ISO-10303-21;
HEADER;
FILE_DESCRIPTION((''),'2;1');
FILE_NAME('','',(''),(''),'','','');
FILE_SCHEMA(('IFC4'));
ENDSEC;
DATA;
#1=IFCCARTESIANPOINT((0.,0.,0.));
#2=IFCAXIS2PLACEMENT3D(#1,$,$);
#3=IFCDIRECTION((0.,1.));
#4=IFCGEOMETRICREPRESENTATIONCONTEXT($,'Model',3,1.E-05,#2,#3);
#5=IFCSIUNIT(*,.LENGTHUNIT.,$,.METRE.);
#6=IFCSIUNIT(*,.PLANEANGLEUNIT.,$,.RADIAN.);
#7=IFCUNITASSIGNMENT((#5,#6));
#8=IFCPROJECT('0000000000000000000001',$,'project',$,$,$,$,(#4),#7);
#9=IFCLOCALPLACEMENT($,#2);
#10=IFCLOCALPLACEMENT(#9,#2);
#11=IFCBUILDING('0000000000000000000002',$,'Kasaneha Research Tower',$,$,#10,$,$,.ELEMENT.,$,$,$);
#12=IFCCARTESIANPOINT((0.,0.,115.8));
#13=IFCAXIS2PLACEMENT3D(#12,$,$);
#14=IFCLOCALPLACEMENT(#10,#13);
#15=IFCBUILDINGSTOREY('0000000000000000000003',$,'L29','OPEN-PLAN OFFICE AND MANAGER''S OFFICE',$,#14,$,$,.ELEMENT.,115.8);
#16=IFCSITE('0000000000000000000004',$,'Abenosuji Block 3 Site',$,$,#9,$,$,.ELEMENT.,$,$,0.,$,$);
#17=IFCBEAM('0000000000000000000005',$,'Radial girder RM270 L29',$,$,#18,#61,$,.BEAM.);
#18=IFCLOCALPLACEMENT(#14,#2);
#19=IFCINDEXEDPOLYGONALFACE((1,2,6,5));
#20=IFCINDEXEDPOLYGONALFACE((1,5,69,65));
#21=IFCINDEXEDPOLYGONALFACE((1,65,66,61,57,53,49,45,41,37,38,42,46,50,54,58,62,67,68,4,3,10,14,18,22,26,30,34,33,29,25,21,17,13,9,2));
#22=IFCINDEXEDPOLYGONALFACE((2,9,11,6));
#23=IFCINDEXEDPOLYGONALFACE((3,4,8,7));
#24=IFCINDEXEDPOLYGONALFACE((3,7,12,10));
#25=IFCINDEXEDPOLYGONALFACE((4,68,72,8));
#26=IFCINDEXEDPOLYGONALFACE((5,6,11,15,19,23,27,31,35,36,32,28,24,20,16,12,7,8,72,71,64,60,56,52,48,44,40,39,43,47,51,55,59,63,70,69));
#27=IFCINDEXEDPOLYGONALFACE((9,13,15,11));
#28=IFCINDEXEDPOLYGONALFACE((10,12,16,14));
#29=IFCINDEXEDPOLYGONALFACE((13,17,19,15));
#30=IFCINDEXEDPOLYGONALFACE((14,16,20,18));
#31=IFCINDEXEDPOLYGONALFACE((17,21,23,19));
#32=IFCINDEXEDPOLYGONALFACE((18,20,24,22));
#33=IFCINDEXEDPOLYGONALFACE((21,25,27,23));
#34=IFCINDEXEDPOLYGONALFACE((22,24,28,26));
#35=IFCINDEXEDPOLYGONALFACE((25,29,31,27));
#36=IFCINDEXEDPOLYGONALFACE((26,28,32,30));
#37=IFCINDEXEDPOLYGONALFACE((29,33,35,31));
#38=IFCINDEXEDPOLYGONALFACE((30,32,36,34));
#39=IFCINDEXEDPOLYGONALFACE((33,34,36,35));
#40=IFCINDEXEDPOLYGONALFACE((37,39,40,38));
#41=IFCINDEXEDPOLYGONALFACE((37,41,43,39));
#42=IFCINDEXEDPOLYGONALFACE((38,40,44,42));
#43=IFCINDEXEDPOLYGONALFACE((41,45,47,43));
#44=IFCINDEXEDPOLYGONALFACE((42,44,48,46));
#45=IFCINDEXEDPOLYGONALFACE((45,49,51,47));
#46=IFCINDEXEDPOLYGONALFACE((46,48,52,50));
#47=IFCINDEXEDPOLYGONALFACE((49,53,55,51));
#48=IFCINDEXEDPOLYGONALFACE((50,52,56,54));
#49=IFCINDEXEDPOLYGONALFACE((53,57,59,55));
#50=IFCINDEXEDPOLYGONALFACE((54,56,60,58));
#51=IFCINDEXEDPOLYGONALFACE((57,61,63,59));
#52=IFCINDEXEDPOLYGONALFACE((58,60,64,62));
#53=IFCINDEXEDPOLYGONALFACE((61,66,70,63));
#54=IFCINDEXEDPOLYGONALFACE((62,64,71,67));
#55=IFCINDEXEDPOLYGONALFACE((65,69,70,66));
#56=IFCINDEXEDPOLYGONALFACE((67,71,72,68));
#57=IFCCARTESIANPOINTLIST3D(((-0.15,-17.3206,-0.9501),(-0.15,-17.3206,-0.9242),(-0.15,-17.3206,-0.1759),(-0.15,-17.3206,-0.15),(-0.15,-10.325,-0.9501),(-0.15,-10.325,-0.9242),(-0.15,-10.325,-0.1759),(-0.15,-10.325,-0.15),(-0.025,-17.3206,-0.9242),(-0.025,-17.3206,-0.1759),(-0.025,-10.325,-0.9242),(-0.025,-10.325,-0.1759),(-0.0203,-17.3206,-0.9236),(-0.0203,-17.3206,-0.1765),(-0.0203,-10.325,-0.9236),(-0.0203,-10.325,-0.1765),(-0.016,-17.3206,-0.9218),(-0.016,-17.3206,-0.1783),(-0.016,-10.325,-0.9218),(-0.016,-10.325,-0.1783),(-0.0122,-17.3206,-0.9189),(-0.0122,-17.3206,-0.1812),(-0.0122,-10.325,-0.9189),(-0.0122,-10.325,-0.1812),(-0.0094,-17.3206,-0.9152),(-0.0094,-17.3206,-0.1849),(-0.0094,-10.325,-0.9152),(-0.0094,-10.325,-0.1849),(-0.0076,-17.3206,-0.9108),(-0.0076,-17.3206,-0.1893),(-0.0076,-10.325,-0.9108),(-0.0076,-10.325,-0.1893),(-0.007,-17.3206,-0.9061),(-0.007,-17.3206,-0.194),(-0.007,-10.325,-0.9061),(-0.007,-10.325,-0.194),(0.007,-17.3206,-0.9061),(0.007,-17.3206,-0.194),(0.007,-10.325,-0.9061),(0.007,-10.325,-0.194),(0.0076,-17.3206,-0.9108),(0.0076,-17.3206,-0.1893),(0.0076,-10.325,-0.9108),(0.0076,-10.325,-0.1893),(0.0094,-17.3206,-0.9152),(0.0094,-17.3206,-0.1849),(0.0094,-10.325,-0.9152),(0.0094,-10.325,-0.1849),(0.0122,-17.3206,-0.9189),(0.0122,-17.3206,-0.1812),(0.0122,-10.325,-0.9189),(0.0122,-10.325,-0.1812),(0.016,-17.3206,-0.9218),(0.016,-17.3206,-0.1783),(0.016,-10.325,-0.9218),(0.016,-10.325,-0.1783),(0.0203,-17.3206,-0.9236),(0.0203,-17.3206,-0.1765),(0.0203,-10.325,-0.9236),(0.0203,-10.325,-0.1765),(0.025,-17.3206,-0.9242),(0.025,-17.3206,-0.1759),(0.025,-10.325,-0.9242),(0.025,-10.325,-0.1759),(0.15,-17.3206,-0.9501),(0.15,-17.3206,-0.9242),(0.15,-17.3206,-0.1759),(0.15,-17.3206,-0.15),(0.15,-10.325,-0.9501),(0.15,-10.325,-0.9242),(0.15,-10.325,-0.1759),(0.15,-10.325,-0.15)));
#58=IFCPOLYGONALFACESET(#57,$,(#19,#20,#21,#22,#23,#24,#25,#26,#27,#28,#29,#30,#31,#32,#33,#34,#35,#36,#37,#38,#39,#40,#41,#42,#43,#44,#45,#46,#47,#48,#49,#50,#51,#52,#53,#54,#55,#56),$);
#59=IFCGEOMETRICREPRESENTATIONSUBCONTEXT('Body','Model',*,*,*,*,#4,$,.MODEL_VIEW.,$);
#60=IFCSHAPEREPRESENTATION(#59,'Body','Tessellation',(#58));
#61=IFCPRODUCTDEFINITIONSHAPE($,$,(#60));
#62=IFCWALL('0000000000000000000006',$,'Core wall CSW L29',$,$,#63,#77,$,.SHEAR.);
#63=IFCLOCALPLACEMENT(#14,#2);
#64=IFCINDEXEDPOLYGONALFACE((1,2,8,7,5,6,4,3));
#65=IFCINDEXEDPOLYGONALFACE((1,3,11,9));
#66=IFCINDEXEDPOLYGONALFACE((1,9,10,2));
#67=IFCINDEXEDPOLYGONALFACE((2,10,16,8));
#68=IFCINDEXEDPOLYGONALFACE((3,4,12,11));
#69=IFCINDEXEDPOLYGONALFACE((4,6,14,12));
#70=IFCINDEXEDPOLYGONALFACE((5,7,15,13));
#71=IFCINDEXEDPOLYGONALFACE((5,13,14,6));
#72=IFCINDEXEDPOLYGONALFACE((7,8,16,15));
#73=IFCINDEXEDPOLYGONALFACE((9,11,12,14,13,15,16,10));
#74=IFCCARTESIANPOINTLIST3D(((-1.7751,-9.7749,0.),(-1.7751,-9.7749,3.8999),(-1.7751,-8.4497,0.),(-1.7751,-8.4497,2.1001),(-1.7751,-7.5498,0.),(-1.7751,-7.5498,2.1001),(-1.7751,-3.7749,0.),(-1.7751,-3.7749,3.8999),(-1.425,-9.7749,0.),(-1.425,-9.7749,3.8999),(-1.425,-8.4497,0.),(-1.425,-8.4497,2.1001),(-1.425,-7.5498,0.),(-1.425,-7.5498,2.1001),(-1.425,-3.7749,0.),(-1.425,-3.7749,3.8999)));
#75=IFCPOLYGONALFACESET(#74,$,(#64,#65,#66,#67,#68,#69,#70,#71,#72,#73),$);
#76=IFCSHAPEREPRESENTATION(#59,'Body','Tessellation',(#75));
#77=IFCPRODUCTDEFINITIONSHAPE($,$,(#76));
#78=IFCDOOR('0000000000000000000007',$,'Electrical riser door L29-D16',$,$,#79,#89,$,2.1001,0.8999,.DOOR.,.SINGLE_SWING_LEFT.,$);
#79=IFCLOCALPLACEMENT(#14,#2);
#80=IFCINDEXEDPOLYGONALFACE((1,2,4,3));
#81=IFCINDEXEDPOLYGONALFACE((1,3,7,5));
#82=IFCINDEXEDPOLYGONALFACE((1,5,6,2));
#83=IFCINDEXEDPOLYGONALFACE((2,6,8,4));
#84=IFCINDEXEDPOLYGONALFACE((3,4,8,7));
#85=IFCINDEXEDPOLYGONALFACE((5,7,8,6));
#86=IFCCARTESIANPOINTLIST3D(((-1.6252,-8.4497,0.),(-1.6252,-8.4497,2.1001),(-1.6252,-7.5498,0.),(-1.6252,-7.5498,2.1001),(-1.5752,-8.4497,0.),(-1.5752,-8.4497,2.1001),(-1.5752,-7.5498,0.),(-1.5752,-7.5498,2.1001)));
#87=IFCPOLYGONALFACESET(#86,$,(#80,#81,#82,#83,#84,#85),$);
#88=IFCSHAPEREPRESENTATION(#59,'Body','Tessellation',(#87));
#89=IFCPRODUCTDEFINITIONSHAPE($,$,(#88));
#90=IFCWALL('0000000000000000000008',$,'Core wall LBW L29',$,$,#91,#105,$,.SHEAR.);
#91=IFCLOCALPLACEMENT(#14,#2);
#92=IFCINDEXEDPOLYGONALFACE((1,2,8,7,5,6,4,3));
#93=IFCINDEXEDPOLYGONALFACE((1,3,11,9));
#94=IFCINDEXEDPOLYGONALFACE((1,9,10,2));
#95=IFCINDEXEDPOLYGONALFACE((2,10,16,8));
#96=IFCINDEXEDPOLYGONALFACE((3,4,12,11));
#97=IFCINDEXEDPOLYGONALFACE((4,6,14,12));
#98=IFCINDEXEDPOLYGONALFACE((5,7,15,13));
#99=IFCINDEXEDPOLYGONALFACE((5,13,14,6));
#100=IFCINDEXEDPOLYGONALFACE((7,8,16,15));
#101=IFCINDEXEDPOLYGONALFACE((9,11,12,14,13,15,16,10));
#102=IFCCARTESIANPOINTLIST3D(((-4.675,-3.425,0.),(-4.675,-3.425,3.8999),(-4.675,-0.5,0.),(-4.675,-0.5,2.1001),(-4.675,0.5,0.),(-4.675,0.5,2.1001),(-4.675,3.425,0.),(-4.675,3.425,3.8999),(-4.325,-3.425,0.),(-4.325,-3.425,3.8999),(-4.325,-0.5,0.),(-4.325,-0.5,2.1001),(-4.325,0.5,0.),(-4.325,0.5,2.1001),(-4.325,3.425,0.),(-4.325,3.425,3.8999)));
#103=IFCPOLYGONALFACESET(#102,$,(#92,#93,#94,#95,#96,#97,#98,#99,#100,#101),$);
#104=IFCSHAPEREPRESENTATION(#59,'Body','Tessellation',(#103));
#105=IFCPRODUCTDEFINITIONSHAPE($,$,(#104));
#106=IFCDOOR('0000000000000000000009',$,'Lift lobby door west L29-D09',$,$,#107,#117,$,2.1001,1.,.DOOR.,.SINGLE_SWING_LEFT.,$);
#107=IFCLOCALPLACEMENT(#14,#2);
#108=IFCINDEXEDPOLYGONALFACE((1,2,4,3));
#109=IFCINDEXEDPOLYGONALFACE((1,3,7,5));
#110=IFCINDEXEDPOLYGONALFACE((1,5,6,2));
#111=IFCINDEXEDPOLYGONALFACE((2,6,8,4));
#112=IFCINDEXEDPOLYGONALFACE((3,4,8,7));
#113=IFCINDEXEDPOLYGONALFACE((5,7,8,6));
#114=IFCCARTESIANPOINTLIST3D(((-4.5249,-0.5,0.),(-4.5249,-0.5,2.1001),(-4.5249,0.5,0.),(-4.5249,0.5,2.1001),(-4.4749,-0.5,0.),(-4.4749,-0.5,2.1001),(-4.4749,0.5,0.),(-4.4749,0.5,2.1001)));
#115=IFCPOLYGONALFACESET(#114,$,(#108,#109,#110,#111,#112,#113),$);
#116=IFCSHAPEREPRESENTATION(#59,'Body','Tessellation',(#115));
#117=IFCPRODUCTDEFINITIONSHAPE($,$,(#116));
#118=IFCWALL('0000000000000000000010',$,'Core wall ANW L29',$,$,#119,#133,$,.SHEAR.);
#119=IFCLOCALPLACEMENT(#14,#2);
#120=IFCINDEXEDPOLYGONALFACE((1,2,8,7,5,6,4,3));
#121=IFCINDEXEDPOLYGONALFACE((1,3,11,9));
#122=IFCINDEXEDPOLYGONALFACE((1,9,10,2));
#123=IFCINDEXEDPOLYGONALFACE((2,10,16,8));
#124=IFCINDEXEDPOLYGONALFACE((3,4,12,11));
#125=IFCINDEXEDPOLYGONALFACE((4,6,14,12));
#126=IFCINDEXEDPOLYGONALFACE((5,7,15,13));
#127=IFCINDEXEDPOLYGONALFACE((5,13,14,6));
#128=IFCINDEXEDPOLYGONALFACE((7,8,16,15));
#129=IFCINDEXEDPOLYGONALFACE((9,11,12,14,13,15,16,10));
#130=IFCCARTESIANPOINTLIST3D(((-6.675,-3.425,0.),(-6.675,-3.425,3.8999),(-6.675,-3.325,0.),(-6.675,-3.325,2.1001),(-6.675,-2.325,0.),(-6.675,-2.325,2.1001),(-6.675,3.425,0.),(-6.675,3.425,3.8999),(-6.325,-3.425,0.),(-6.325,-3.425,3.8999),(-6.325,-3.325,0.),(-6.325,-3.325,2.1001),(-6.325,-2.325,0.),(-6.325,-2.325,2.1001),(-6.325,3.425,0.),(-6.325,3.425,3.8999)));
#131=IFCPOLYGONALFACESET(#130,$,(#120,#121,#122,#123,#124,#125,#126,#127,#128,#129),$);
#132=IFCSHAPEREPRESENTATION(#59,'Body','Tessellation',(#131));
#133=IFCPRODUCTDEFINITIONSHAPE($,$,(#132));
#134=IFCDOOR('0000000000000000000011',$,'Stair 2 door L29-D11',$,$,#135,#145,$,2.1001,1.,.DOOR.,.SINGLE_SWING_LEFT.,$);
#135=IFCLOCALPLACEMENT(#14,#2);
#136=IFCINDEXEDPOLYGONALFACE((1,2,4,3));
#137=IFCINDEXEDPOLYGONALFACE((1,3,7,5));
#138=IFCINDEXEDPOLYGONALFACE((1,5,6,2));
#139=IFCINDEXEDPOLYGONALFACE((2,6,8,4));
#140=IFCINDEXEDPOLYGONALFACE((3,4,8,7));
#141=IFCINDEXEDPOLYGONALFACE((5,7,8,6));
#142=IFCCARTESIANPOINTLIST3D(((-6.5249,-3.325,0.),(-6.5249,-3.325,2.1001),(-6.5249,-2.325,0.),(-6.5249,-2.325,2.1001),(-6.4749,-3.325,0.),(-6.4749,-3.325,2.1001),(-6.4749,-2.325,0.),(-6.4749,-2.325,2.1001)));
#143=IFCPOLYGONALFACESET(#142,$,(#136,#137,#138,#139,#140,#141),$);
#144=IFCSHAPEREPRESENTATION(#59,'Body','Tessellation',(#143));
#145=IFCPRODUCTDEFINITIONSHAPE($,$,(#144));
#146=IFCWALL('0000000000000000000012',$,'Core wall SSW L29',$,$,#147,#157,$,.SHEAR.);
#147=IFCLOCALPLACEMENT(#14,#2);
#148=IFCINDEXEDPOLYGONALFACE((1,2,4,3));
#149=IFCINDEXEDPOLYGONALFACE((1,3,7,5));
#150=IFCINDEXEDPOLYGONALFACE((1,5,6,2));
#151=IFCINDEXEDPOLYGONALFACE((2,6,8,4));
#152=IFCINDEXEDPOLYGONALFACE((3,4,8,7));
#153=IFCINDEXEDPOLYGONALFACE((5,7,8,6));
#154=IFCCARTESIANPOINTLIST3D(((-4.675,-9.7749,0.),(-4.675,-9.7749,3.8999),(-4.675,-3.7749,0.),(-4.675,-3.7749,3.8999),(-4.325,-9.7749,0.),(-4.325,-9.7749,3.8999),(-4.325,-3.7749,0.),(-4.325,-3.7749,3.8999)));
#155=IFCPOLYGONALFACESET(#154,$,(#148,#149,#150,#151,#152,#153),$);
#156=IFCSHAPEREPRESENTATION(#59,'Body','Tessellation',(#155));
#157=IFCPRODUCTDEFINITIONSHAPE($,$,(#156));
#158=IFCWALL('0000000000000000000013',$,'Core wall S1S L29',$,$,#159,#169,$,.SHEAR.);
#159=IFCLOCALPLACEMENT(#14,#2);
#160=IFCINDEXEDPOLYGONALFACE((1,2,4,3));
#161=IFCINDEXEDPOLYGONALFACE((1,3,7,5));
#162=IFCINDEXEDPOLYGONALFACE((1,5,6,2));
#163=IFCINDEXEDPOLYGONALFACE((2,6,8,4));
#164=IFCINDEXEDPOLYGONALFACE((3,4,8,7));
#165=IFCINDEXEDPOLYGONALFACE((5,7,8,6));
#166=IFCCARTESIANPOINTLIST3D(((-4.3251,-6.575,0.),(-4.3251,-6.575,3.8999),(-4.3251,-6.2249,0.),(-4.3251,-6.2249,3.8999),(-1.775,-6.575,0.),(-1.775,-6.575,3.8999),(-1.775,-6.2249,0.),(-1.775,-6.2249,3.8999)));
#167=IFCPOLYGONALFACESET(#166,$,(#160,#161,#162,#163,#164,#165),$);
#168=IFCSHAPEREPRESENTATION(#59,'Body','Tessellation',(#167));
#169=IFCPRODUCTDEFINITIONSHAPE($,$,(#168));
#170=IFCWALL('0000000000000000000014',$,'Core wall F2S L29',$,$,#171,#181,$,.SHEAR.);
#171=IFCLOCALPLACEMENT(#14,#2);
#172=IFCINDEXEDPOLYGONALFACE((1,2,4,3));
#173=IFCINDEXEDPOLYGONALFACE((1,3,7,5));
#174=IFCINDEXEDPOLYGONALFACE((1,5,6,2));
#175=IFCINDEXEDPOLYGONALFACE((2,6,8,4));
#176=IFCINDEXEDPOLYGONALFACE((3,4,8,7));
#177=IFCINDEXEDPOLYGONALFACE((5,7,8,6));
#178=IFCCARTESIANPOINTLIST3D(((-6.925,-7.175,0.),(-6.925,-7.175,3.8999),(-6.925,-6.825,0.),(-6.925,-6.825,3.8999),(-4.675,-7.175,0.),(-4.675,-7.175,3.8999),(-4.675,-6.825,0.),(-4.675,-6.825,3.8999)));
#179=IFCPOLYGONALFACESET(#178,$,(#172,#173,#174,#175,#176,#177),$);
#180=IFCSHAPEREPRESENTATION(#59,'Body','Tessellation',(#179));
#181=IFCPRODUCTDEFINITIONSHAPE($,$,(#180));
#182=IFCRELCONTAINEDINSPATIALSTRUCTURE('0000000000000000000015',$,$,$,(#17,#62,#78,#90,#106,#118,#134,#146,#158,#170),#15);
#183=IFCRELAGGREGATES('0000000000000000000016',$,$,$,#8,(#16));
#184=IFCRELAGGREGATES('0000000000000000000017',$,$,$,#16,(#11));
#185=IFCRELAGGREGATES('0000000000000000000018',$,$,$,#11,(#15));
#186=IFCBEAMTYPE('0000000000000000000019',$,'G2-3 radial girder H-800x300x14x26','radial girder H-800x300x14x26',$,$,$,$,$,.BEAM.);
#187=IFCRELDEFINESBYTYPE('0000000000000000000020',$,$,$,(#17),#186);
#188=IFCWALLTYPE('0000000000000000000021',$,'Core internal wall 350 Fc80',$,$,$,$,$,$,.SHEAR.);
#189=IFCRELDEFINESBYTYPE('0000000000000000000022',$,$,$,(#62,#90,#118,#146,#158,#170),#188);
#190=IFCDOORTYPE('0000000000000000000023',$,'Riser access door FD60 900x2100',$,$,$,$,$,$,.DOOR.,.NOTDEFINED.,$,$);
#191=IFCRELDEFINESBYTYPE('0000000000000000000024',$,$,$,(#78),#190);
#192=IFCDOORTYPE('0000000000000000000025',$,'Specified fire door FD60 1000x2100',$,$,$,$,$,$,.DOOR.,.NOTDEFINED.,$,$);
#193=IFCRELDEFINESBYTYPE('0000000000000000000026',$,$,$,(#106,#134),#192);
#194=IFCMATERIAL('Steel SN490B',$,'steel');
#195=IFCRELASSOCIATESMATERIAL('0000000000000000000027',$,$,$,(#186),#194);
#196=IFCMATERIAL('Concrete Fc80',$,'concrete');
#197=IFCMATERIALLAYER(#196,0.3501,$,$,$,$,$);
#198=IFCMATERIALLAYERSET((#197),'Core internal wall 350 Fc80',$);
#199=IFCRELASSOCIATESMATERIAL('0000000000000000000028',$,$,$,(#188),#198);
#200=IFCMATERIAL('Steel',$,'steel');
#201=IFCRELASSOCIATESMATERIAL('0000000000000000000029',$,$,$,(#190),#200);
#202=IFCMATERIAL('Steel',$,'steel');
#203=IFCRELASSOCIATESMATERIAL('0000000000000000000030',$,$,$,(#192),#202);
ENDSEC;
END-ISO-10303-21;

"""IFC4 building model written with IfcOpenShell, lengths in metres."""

from ifc_helpers import new_model, si_unit, direction, frame, frame_2d, origin, origin_2d, place, context, subcontext, project, spatial, rectangle, i_section, extrude, material, layer, layer_set, material_profile, profile_set, type_object, element, fill, save


model = new_model("IFC4")

# Units and contexts
model_context = context("Model", 3, precision=1e-05, world=origin(), true_north=direction((0.0, 1.0)))
body_context = subcontext(model_context, "Body", "Model", "MODEL_VIEW")
ifc_project = project(units=[si_unit("LENGTHUNIT", "METRE"), si_unit("PLANEANGLEUNIT", "RADIAN")], contexts=[model_context])

# Site, building, storey
site_placement = place(None, origin())
site = spatial("IfcSite", under=ifc_project, at=site_placement, Name="Abenosuji Block 3 Site", CompositionType="ELEMENT", RefElevation=0.0)
building_placement = place(site_placement, origin())
building = spatial("IfcBuilding", under=site, at=building_placement, Name="Kasaneha Research Tower", CompositionType="ELEMENT")
storey_placement = place(building_placement, frame((0.0, 0.0, 115.8)))
storey = spatial("IfcBuildingStorey", under=building, at=storey_placement, Name="L29", Description="OPEN-PLAN OFFICE AND MANAGER'S OFFICE", CompositionType="ELEMENT", Elevation=115.8)

# Beam
ifc_material_1 = material(Name="Steel SN490B", Category="steel")
ifc_material_profile_1 = material_profile(ifc_material_1, i_section(OverallWidth=0.3, OverallDepth=0.8, WebThickness=0.0139, FlangeThickness=0.0259, FilletRadius=0.0181, at=origin_2d()), Name="H-800x300x14x26")
ifc_profile_set_1 = profile_set([ifc_material_profile_1], Name="Steel SN490B")
beam_type_1 = type_object("IfcBeamType", Name="G2-3 radial girder H-800x300x14x26", Description="radial girder H-800x300x14x26", PredefinedType="BEAM", material=ifc_profile_set_1)
beam_1_placement = place(storey_placement, frame((0.0, -10.325, -0.55), z_axis=(0.0, -1.0, 0.0), x_axis=(1.0, 0.0, 0.0)))
element("IfcBeam", 1, at=beam_1_placement, inside=storey, type_object=beam_type_1, Name="Radial girder RM270 L29", PredefinedType="BEAM", context=body_context, shape_type="SweptSolid", body=[
    extrude(i_section(OverallWidth=0.3, OverallDepth=0.8, WebThickness=0.0139, FlangeThickness=0.0259, FilletRadius=0.0181, at=origin_2d()), origin(), (0.0, 0.0, 1.0), 6.9956),
])

# Walls, openings, doors
ifc_material_2 = material(Name="Concrete Fc80", Category="concrete")
ifc_layer_1 = layer(ifc_material_2, 0.3501)
ifc_layer_set_1 = layer_set([ifc_layer_1], Name="Core internal wall 350 Fc80")
wall_type_1 = type_object("IfcWallType", Name="Core internal wall 350 Fc80", PredefinedType="SHEAR", material=ifc_layer_set_1)
wall_1_placement = place(storey_placement, frame((-1.6001, -3.7749, 0.0), z_axis=(0.0, 0.0, 1.0), x_axis=(0.0, -1.0, 0.0)))
wall_1 = element("IfcWall", 2, at=wall_1_placement, inside=storey, type_object=wall_type_1, Name="Core wall CSW L29", PredefinedType="SHEAR", context=body_context, shape_type="SweptSolid", body=[
    extrude(rectangle(XDim=6.0, YDim=0.3501, at=frame_2d((3.0, 0.0))), origin(), (0.0, 0.0, 1.0), 3.8999),
])
opening_1_placement = place(wall_1_placement, frame((3.7749, 0.0, 0.0)))
opening_1 = element("IfcOpeningElement", 3, at=opening_1_placement, cuts=wall_1, PredefinedType="OPENING", context=body_context, shape_type="SweptSolid", body=[
    extrude(rectangle(XDim=0.8999, YDim=2.1001, at=frame_2d((0.45, 1.05))), frame((0.0, 0.1851, 0.0), z_axis=(0.0, -1.0, 0.0), x_axis=(1.0, 0.0, 0.0)), (0.0, 0.0, 1.0), 0.3701),
])
ifc_material_3 = material(Name="Steel", Category="steel")
door_type_1 = type_object("IfcDoorType", Name="Riser access door FD60 900x2100", OperationType="NOTDEFINED", PredefinedType="DOOR", material=ifc_material_3)
door_1_placement = place(opening_1_placement, origin())
door_1 = element("IfcDoor", 4, at=door_1_placement, inside=storey, type_object=door_type_1, Name="Electrical riser door L29-D16", OperationType="SINGLE_SWING_LEFT", OverallHeight=2.1001, OverallWidth=0.8999, PredefinedType="DOOR", context=body_context, shape_type="SweptSolid", body=[
    extrude(rectangle(XDim=0.8999, YDim=2.1001, at=frame_2d((0.45, 1.05))), frame((0.0, 0.0249, 0.0), z_axis=(0.0, -1.0, 0.0), x_axis=(1.0, 0.0, 0.0)), (0.0, 0.0, 1.0), 0.05),
])
fill(opening_1, door_1)
wall_2_placement = place(storey_placement, frame((-4.5, -3.425, 0.0), z_axis=(0.0, 0.0, 1.0), x_axis=(0.0, 1.0, 0.0)))
wall_2 = element("IfcWall", 5, at=wall_2_placement, inside=storey, type_object=wall_type_1, Name="Core wall LBW L29", PredefinedType="SHEAR", context=body_context, shape_type="SweptSolid", body=[
    extrude(rectangle(XDim=6.8501, YDim=0.3501, at=frame_2d((3.425, 0.0))), origin(), (0.0, 0.0, 1.0), 3.8999),
])
opening_2_placement = place(wall_2_placement, frame((2.925, 0.0, 0.0)))
opening_2 = element("IfcOpeningElement", 6, at=opening_2_placement, cuts=wall_2, PredefinedType="OPENING", context=body_context, shape_type="SweptSolid", body=[
    extrude(rectangle(XDim=1.0, YDim=2.1001, at=frame_2d((0.5, 1.05))), frame((0.0, 0.1851, 0.0), z_axis=(0.0, -1.0, 0.0), x_axis=(1.0, 0.0, 0.0)), (0.0, 0.0, 1.0), 0.3701),
])
ifc_material_4 = material(Name="Steel", Category="steel")
door_type_2 = type_object("IfcDoorType", Name="Specified fire door FD60 1000x2100", OperationType="NOTDEFINED", PredefinedType="DOOR", material=ifc_material_4)
door_2_placement = place(opening_2_placement, origin())
door_2 = element("IfcDoor", 7, at=door_2_placement, inside=storey, type_object=door_type_2, Name="Lift lobby door west L29-D09", OperationType="SINGLE_SWING_LEFT", OverallHeight=2.1001, OverallWidth=1.0, PredefinedType="DOOR", context=body_context, shape_type="SweptSolid", body=[
    extrude(rectangle(XDim=1.0, YDim=2.1001, at=frame_2d((0.5, 1.05))), frame((0.0, 0.0249, 0.0), z_axis=(0.0, -1.0, 0.0), x_axis=(1.0, 0.0, 0.0)), (0.0, 0.0, 1.0), 0.05),
])
fill(opening_2, door_2)
wall_3_placement = place(storey_placement, frame((-6.5, -3.425, 0.0), z_axis=(0.0, 0.0, 1.0), x_axis=(0.0, 1.0, 0.0)))
wall_3 = element("IfcWall", 8, at=wall_3_placement, inside=storey, type_object=wall_type_1, Name="Core wall ANW L29", PredefinedType="SHEAR", context=body_context, shape_type="SweptSolid", body=[
    extrude(rectangle(XDim=6.8501, YDim=0.3501, at=frame_2d((3.425, 0.0))), origin(), (0.0, 0.0, 1.0), 3.8999),
])
opening_3_placement = place(wall_3_placement, frame((0.1001, 0.0, 0.0)))
opening_3 = element("IfcOpeningElement", 9, at=opening_3_placement, cuts=wall_3, PredefinedType="OPENING", context=body_context, shape_type="SweptSolid", body=[
    extrude(rectangle(XDim=1.0, YDim=2.1001, at=frame_2d((0.5, 1.05))), frame((0.0, 0.1851, 0.0), z_axis=(0.0, -1.0, 0.0), x_axis=(1.0, 0.0, 0.0)), (0.0, 0.0, 1.0), 0.3701),
])
door_3_placement = place(opening_3_placement, origin())
door_3 = element("IfcDoor", 10, at=door_3_placement, inside=storey, type_object=door_type_2, Name="Stair 2 door L29-D11", OperationType="SINGLE_SWING_LEFT", OverallHeight=2.1001, OverallWidth=1.0, PredefinedType="DOOR", context=body_context, shape_type="SweptSolid", body=[
    extrude(rectangle(XDim=1.0, YDim=2.1001, at=frame_2d((0.5, 1.05))), frame((0.0, 0.0249, 0.0), z_axis=(0.0, -1.0, 0.0), x_axis=(1.0, 0.0, 0.0)), (0.0, 0.0, 1.0), 0.05),
])
fill(opening_3, door_3)

# Walls
wall_4_placement = place(storey_placement, frame((-4.5, -3.7749, 0.0), z_axis=(0.0, 0.0, 1.0), x_axis=(0.0, -1.0, 0.0)))
element("IfcWall", 11, at=wall_4_placement, inside=storey, type_object=wall_type_1, Name="Core wall SSW L29", PredefinedType="SHEAR", context=body_context, shape_type="SweptSolid", body=[
    extrude(rectangle(XDim=6.0, YDim=0.3501, at=frame_2d((3.0, 0.0))), origin(), (0.0, 0.0, 1.0), 3.8999),
])
wall_5_placement = place(storey_placement, frame((-4.325, -6.3999, 0.0), z_axis=(0.0, 0.0, 1.0), x_axis=(1.0, 0.0, 0.0)))
element("IfcWall", 12, at=wall_5_placement, inside=storey, type_object=wall_type_1, Name="Core wall S1S L29", PredefinedType="SHEAR", context=body_context, shape_type="SweptSolid", body=[
    extrude(rectangle(XDim=2.55, YDim=0.3501, at=frame_2d((1.2749, 0.0))), origin(), (0.0, 0.0, 1.0), 3.8999),
])
wall_6_placement = place(storey_placement, frame((-6.925, -7.0, 0.0), z_axis=(0.0, 0.0, 1.0), x_axis=(1.0, 0.0, 0.0)))
element("IfcWall", 13, at=wall_6_placement, inside=storey, type_object=wall_type_1, Name="Core wall F2S L29", PredefinedType="SHEAR", context=body_context, shape_type="SweptSolid", body=[
    extrude(rectangle(XDim=2.25, YDim=0.3501, at=frame_2d((1.125, 0.0))), origin(), (0.0, 0.0, 1.0), 3.8999),
])

save(model, "model.ifc")
